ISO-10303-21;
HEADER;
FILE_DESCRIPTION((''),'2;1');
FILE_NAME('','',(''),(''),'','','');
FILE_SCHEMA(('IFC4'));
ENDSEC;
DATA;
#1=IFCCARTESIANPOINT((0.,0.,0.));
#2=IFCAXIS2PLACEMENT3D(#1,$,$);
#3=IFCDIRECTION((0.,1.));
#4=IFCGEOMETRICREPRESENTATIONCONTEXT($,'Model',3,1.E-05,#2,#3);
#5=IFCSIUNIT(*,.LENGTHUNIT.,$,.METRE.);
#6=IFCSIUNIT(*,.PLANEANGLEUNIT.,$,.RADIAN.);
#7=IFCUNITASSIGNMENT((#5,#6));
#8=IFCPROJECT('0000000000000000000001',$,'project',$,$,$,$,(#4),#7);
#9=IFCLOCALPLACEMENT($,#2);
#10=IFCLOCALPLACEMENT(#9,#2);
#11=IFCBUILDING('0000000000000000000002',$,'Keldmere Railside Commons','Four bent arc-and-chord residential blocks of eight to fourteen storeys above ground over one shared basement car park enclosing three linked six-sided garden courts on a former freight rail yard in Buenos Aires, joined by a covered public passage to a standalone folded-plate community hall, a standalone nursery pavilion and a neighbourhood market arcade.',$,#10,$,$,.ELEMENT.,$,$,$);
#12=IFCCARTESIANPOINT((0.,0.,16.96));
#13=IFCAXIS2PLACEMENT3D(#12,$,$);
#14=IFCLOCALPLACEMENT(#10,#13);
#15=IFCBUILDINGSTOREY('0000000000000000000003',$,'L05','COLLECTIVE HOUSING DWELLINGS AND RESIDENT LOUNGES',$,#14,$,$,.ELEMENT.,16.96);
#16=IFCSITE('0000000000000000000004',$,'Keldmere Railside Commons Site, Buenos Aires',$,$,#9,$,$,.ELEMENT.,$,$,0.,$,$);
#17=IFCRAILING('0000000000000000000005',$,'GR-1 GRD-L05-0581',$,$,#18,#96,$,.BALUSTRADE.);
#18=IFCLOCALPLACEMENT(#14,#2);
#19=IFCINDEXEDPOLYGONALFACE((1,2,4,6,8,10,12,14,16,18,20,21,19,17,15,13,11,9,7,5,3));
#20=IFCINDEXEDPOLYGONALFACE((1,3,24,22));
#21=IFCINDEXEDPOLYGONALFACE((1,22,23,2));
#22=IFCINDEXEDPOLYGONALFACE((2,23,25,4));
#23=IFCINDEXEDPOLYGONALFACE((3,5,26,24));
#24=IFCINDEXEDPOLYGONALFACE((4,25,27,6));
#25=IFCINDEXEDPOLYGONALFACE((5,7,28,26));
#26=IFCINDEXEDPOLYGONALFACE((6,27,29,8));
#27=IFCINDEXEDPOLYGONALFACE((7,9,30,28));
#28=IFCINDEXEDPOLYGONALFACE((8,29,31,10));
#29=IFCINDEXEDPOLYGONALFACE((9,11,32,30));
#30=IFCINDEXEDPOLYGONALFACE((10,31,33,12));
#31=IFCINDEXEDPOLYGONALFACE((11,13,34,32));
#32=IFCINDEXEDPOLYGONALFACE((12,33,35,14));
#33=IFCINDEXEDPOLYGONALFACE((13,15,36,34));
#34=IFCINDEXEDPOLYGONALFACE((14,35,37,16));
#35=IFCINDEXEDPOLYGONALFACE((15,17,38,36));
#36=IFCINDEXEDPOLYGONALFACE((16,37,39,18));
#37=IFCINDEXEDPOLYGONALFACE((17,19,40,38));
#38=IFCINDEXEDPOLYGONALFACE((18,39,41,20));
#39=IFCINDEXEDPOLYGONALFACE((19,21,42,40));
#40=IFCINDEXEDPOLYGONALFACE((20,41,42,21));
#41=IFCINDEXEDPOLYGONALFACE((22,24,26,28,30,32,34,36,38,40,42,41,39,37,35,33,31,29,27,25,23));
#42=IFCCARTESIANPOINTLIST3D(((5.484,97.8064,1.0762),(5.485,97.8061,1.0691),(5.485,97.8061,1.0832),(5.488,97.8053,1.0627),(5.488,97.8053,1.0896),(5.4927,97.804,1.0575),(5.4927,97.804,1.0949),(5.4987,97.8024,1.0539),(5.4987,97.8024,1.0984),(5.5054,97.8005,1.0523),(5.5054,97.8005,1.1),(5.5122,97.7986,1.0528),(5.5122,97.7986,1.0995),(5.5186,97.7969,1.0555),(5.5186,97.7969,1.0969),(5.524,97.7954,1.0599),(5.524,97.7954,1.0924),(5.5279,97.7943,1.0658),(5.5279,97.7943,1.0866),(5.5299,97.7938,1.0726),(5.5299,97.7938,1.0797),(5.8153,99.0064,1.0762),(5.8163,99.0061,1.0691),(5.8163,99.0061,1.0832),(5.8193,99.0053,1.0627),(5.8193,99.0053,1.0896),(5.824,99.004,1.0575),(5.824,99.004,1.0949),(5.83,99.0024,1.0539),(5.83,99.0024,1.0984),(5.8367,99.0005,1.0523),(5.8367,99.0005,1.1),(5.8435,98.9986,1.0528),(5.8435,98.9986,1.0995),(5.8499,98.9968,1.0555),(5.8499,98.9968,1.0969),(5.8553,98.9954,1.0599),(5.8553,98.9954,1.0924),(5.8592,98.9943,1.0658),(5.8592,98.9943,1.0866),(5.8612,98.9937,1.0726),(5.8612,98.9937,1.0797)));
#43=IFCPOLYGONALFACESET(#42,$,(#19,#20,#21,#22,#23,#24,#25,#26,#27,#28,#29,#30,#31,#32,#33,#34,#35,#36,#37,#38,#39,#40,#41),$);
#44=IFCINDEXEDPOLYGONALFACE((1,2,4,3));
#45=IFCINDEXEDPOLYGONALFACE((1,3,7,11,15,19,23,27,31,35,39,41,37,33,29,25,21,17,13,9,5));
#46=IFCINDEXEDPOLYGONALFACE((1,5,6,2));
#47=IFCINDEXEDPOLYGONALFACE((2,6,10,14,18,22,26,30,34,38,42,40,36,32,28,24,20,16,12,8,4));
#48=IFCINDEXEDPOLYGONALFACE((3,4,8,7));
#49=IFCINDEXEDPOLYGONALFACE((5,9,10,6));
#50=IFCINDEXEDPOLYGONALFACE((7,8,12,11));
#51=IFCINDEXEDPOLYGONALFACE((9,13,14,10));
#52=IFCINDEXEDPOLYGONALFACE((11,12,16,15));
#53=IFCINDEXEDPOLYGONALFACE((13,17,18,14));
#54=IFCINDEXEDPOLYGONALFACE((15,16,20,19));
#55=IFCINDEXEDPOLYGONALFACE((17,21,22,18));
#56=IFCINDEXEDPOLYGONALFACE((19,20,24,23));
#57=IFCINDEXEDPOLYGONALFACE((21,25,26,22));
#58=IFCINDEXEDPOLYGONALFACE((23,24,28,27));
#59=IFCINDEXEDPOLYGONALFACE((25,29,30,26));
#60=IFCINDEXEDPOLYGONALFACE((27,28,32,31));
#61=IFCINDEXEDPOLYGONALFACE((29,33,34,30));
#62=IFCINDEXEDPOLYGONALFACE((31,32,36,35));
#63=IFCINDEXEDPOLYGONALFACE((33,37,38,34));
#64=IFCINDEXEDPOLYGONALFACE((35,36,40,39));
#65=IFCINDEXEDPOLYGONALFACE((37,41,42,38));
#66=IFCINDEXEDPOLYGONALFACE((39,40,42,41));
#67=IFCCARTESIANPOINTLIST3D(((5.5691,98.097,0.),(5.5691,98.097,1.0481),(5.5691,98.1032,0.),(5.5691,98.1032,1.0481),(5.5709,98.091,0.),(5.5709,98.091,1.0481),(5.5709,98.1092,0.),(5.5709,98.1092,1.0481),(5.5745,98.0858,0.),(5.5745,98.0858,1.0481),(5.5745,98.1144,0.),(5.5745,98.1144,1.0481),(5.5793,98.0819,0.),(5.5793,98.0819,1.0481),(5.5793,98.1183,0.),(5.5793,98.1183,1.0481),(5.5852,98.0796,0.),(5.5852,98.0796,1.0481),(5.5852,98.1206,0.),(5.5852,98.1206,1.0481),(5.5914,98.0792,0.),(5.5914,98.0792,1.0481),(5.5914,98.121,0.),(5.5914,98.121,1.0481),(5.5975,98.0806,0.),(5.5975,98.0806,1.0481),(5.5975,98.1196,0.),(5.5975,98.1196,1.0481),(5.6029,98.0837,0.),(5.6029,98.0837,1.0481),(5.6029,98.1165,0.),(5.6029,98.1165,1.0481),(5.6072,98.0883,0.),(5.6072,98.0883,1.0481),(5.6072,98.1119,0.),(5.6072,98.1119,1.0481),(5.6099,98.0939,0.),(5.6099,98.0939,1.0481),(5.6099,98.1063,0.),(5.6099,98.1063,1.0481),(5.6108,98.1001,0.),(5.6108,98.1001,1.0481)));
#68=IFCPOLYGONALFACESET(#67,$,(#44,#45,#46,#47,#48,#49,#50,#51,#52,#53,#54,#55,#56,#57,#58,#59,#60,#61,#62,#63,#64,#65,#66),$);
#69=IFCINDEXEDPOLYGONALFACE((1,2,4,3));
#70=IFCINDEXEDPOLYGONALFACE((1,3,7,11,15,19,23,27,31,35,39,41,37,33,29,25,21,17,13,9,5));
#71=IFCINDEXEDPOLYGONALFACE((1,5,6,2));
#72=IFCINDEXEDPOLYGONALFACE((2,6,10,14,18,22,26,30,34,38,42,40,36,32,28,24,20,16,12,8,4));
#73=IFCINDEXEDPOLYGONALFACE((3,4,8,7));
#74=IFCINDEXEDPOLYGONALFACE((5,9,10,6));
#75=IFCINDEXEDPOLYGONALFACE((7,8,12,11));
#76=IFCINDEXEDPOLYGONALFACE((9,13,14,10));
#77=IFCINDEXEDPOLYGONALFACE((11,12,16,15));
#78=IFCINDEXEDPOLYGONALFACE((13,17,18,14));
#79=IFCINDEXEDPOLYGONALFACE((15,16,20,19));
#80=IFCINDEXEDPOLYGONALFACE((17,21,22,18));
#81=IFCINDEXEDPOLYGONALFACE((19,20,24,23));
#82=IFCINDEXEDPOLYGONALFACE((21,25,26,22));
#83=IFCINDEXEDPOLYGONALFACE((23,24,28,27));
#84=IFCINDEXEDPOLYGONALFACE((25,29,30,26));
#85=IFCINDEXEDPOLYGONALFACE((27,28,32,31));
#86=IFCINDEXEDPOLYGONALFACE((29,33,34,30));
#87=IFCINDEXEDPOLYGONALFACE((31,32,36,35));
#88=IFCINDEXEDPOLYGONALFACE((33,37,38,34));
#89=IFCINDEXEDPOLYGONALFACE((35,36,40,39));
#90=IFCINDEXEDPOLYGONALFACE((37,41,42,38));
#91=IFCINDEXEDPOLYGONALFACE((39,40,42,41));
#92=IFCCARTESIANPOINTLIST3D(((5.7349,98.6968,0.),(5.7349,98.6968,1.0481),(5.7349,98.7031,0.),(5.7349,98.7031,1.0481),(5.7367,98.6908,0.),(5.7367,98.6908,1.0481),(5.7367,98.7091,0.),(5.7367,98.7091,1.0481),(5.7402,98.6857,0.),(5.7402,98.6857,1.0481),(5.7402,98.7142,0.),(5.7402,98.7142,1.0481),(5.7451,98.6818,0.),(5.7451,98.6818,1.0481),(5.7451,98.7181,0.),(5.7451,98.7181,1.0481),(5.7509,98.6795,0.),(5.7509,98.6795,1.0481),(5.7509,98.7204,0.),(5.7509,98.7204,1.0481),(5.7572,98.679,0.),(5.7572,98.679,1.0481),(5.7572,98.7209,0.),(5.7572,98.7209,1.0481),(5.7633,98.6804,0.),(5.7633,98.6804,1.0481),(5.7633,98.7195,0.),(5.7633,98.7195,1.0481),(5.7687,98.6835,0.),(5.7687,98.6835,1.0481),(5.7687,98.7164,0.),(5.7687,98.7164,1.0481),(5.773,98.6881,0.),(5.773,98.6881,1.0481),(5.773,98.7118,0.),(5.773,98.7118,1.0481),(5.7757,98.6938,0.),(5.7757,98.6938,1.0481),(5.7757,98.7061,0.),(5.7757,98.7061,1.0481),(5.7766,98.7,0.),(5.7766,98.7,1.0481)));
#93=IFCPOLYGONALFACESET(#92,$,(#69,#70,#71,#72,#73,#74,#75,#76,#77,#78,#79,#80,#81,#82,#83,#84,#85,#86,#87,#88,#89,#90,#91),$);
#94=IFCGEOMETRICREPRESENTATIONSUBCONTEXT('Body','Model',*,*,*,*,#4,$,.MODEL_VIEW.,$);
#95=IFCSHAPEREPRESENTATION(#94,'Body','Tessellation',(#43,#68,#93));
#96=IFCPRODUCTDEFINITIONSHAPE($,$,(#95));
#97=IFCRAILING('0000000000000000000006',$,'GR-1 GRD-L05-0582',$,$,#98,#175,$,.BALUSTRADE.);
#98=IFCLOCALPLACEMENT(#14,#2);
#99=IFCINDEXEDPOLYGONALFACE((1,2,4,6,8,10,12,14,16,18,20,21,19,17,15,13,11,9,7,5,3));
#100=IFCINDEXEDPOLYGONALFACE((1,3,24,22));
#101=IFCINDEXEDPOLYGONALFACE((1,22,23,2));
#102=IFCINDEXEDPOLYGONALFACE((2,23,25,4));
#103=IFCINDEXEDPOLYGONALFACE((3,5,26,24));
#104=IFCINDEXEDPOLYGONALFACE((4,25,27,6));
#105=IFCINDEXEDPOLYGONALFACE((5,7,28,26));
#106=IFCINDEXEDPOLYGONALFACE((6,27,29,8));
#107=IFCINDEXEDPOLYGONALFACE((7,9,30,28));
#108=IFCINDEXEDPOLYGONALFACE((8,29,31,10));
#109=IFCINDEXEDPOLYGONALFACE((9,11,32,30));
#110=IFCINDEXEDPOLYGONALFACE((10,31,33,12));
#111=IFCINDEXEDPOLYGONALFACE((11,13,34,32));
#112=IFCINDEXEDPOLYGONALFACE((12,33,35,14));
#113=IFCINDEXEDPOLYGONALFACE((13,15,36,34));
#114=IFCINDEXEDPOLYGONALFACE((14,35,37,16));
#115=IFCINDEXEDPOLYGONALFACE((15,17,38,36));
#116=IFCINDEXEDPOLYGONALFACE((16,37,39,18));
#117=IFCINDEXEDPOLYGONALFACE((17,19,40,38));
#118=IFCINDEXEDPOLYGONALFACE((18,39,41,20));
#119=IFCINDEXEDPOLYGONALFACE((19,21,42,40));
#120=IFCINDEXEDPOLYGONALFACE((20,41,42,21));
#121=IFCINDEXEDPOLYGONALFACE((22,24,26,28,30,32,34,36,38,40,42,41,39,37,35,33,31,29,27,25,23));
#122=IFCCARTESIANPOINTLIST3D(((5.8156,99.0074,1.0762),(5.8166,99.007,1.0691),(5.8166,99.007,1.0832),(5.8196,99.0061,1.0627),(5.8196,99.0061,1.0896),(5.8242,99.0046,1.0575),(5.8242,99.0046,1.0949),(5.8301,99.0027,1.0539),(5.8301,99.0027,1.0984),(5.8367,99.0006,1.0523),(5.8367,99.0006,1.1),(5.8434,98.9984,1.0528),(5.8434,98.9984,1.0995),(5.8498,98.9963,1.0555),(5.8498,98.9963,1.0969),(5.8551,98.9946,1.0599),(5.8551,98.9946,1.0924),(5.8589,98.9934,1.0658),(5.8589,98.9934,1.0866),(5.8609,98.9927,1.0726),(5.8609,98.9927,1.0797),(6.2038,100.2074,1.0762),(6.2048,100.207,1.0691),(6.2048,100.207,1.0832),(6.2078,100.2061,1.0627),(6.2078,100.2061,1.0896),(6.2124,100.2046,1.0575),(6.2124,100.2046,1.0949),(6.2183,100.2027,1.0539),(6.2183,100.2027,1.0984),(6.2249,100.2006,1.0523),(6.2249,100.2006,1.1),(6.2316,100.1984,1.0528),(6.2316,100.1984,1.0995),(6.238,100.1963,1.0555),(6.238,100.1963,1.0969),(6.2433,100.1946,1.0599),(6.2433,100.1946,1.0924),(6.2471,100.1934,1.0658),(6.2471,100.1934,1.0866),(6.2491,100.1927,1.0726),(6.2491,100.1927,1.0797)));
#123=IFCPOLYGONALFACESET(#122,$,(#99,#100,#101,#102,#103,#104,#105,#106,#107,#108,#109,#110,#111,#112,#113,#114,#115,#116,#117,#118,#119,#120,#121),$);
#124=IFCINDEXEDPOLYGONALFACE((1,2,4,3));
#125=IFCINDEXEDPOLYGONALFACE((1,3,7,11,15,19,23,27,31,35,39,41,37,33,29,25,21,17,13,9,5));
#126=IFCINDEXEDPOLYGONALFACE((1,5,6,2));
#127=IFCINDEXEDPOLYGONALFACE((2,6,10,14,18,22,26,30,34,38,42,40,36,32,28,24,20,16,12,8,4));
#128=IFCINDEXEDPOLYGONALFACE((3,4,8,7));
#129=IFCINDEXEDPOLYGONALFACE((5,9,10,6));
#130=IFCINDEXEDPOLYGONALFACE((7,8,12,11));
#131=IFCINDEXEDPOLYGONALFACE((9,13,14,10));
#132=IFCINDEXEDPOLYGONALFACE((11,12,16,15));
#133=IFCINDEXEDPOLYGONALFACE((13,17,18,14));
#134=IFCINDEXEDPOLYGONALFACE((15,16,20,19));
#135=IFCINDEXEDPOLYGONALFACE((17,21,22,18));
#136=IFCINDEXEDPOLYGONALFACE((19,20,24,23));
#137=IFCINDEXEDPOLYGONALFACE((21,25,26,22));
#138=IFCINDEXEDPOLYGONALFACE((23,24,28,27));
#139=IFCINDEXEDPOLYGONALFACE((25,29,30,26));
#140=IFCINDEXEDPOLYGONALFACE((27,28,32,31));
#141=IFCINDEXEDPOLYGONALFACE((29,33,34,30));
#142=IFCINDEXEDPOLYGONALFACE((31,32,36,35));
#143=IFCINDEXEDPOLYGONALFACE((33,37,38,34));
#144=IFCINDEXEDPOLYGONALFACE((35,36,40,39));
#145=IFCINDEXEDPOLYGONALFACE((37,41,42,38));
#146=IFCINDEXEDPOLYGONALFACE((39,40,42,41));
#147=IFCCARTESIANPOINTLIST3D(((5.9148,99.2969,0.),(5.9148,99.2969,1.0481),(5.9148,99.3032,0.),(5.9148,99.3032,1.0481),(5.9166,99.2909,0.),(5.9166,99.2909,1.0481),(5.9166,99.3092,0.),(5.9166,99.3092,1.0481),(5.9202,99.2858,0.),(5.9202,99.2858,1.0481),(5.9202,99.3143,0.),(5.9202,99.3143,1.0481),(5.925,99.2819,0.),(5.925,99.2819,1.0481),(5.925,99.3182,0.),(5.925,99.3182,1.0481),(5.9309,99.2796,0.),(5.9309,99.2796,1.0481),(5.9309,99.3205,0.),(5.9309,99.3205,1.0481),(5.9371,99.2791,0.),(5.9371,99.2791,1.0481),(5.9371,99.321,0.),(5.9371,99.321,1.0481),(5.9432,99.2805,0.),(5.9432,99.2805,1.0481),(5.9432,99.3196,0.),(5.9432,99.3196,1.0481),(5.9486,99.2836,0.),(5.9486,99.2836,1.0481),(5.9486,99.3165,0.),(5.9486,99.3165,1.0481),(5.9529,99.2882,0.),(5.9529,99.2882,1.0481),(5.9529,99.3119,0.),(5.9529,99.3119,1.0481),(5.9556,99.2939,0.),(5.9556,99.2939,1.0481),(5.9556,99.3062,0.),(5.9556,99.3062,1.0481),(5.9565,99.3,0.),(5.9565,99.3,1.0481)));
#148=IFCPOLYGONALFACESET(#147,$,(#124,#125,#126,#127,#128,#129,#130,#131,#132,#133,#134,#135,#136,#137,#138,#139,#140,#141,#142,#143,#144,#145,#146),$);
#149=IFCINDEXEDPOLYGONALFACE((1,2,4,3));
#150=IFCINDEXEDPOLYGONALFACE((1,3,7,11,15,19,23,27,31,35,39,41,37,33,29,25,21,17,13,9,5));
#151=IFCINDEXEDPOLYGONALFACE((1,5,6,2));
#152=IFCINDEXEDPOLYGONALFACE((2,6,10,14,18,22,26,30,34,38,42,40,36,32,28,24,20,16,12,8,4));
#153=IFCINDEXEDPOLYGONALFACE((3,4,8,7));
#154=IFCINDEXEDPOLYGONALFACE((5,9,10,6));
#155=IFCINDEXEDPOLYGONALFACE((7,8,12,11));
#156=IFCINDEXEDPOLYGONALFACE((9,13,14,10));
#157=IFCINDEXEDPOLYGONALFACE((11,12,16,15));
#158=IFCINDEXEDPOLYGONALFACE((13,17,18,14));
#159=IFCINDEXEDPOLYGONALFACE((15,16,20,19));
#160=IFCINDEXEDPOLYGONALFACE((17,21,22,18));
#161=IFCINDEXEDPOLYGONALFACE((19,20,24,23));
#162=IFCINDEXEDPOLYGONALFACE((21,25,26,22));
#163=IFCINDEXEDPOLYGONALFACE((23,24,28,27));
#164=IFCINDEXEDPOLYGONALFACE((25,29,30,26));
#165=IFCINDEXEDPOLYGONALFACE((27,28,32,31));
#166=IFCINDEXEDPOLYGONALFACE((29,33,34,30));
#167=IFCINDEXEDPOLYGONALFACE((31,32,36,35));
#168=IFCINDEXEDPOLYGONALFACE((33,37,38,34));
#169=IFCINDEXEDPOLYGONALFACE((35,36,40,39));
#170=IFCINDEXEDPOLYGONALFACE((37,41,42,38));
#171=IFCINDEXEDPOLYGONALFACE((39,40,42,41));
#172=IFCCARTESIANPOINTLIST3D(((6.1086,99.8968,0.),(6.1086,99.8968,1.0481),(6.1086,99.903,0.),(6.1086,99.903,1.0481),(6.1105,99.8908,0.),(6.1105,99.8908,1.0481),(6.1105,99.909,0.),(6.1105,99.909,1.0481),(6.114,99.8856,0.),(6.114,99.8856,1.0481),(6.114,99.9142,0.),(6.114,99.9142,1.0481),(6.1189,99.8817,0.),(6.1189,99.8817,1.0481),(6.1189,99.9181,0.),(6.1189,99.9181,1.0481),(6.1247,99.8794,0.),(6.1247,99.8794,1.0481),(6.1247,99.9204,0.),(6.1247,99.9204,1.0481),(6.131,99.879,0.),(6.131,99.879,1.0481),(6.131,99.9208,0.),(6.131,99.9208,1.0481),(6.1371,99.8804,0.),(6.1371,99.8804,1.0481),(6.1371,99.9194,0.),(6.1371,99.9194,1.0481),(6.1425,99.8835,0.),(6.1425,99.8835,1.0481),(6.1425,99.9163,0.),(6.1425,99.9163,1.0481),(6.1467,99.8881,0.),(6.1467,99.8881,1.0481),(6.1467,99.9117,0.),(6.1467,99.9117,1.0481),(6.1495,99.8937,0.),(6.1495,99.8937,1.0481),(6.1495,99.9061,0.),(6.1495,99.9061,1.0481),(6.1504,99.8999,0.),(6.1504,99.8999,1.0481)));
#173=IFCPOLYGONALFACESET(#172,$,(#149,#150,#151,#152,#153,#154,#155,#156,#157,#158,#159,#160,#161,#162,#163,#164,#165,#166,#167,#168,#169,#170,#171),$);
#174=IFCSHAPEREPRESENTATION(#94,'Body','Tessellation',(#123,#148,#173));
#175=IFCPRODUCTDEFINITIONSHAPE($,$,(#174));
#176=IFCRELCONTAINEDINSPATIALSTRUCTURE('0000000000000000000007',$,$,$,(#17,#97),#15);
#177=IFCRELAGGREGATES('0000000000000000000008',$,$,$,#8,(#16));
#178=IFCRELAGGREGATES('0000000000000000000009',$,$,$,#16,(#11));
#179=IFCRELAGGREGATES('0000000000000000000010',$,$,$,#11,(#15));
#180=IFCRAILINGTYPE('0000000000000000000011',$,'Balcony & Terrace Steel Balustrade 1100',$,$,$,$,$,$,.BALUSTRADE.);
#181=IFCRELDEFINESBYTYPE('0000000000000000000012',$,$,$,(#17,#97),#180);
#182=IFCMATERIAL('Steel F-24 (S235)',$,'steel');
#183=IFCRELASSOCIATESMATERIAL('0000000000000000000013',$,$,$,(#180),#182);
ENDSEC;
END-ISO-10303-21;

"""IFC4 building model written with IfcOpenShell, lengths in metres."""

from ifc_helpers import new_model, si_unit, direction, frame, origin, origin_2d, place, context, subcontext, project, spatial, circle, extrude, material, type_object, element, save


model = new_model("IFC4")

# Units and contexts
model_context = context("Model", 3, precision=1e-05, world=origin(), true_north=direction((0.0, 1.0)))
body_context = subcontext(model_context, "Body", "Model", "MODEL_VIEW")
ifc_project = project(units=[si_unit("LENGTHUNIT", "METRE"), si_unit("PLANEANGLEUNIT", "RADIAN")], contexts=[model_context])

# Site, building, storey
site_placement = place(None, origin())
site = spatial("IfcSite", under=ifc_project, at=site_placement, Name="Keldmere Railside Commons Site, Buenos Aires", CompositionType="ELEMENT", RefElevation=0.0)
building_placement = place(site_placement, origin())
building = spatial("IfcBuilding", under=site, at=building_placement, Name="Keldmere Railside Commons", Description="Four bent arc-and-chord residential blocks of eight to fourteen storeys above ground over one shared basement car park enclosing three linked six-sided garden courts on a former freight rail yard in Buenos Aires, joined by a covered public passage to a standalone folded-plate community hall, a standalone nursery pavilion and a neighbourhood market arcade.", CompositionType="ELEMENT")
storey_placement = place(building_placement, frame((0.0, 0.0, 16.96)))
storey = spatial("IfcBuildingStorey", under=building, at=storey_placement, Name="L05", Description="COLLECTIVE HOUSING DWELLINGS AND RESIDENT LOUNGES", CompositionType="ELEMENT", Elevation=16.96)

# Railings
ifc_material_1 = material(Name="Steel F-24 (S235)", Category="steel")
railing_type = type_object("IfcRailingType", Name="Balcony & Terrace Steel Balustrade 1100", PredefinedType="BALUSTRADE", material=ifc_material_1)
railing_1_placement = place(storey_placement, frame((5.5071, 97.8, 0.0)))
element("IfcRailing", 1, at=railing_1_placement, inside=storey, type_object=railing_type, Name="GR-1 GRD-L05-0581", PredefinedType="BALUSTRADE", context=body_context, shape_type="SweptSolid", body=[
    extrude(circle(Radius=0.0239, at=origin_2d()), frame((0.0, 0.0, 1.0762), z_axis=(0.266136, 0.963935, 0.0), x_axis=(-0.963935, 0.266136, 0.0)), (0.0, 0.0, 1.0), 1.2449),
    extrude(circle(Radius=0.021, at=origin_2d()), frame((0.0828, 0.3, 0.0)), (0.0, 0.0, 1.0), 1.0481),
    extrude(circle(Radius=0.021, at=origin_2d()), frame((0.2485, 0.8999, 0.0)), (0.0, 0.0, 1.0), 1.0481),
])
railing_2_placement = place(storey_placement, frame((5.8384, 99.0, 0.0)))
element("IfcRailing", 2, at=railing_2_placement, inside=storey, type_object=railing_type, Name="GR-1 GRD-L05-0582", PredefinedType="BALUSTRADE", context=body_context, shape_type="SweptSolid", body=[
    extrude(circle(Radius=0.0239, at=origin_2d()), frame((0.0, 0.0, 1.0762), z_axis=(0.307795, 0.951453, 0.0), x_axis=(-0.951453, 0.307795, 0.0)), (0.0, 0.0, 1.0), 1.2612),
    extrude(circle(Radius=0.021, at=origin_2d()), frame((0.0972, 0.3, 0.0)), (0.0, 0.0, 1.0), 1.0481),
    extrude(circle(Radius=0.021, at=origin_2d()), frame((0.291, 0.8999, 0.0)), (0.0, 0.0, 1.0), 1.0481),
])

save(model, "model.ifc")
